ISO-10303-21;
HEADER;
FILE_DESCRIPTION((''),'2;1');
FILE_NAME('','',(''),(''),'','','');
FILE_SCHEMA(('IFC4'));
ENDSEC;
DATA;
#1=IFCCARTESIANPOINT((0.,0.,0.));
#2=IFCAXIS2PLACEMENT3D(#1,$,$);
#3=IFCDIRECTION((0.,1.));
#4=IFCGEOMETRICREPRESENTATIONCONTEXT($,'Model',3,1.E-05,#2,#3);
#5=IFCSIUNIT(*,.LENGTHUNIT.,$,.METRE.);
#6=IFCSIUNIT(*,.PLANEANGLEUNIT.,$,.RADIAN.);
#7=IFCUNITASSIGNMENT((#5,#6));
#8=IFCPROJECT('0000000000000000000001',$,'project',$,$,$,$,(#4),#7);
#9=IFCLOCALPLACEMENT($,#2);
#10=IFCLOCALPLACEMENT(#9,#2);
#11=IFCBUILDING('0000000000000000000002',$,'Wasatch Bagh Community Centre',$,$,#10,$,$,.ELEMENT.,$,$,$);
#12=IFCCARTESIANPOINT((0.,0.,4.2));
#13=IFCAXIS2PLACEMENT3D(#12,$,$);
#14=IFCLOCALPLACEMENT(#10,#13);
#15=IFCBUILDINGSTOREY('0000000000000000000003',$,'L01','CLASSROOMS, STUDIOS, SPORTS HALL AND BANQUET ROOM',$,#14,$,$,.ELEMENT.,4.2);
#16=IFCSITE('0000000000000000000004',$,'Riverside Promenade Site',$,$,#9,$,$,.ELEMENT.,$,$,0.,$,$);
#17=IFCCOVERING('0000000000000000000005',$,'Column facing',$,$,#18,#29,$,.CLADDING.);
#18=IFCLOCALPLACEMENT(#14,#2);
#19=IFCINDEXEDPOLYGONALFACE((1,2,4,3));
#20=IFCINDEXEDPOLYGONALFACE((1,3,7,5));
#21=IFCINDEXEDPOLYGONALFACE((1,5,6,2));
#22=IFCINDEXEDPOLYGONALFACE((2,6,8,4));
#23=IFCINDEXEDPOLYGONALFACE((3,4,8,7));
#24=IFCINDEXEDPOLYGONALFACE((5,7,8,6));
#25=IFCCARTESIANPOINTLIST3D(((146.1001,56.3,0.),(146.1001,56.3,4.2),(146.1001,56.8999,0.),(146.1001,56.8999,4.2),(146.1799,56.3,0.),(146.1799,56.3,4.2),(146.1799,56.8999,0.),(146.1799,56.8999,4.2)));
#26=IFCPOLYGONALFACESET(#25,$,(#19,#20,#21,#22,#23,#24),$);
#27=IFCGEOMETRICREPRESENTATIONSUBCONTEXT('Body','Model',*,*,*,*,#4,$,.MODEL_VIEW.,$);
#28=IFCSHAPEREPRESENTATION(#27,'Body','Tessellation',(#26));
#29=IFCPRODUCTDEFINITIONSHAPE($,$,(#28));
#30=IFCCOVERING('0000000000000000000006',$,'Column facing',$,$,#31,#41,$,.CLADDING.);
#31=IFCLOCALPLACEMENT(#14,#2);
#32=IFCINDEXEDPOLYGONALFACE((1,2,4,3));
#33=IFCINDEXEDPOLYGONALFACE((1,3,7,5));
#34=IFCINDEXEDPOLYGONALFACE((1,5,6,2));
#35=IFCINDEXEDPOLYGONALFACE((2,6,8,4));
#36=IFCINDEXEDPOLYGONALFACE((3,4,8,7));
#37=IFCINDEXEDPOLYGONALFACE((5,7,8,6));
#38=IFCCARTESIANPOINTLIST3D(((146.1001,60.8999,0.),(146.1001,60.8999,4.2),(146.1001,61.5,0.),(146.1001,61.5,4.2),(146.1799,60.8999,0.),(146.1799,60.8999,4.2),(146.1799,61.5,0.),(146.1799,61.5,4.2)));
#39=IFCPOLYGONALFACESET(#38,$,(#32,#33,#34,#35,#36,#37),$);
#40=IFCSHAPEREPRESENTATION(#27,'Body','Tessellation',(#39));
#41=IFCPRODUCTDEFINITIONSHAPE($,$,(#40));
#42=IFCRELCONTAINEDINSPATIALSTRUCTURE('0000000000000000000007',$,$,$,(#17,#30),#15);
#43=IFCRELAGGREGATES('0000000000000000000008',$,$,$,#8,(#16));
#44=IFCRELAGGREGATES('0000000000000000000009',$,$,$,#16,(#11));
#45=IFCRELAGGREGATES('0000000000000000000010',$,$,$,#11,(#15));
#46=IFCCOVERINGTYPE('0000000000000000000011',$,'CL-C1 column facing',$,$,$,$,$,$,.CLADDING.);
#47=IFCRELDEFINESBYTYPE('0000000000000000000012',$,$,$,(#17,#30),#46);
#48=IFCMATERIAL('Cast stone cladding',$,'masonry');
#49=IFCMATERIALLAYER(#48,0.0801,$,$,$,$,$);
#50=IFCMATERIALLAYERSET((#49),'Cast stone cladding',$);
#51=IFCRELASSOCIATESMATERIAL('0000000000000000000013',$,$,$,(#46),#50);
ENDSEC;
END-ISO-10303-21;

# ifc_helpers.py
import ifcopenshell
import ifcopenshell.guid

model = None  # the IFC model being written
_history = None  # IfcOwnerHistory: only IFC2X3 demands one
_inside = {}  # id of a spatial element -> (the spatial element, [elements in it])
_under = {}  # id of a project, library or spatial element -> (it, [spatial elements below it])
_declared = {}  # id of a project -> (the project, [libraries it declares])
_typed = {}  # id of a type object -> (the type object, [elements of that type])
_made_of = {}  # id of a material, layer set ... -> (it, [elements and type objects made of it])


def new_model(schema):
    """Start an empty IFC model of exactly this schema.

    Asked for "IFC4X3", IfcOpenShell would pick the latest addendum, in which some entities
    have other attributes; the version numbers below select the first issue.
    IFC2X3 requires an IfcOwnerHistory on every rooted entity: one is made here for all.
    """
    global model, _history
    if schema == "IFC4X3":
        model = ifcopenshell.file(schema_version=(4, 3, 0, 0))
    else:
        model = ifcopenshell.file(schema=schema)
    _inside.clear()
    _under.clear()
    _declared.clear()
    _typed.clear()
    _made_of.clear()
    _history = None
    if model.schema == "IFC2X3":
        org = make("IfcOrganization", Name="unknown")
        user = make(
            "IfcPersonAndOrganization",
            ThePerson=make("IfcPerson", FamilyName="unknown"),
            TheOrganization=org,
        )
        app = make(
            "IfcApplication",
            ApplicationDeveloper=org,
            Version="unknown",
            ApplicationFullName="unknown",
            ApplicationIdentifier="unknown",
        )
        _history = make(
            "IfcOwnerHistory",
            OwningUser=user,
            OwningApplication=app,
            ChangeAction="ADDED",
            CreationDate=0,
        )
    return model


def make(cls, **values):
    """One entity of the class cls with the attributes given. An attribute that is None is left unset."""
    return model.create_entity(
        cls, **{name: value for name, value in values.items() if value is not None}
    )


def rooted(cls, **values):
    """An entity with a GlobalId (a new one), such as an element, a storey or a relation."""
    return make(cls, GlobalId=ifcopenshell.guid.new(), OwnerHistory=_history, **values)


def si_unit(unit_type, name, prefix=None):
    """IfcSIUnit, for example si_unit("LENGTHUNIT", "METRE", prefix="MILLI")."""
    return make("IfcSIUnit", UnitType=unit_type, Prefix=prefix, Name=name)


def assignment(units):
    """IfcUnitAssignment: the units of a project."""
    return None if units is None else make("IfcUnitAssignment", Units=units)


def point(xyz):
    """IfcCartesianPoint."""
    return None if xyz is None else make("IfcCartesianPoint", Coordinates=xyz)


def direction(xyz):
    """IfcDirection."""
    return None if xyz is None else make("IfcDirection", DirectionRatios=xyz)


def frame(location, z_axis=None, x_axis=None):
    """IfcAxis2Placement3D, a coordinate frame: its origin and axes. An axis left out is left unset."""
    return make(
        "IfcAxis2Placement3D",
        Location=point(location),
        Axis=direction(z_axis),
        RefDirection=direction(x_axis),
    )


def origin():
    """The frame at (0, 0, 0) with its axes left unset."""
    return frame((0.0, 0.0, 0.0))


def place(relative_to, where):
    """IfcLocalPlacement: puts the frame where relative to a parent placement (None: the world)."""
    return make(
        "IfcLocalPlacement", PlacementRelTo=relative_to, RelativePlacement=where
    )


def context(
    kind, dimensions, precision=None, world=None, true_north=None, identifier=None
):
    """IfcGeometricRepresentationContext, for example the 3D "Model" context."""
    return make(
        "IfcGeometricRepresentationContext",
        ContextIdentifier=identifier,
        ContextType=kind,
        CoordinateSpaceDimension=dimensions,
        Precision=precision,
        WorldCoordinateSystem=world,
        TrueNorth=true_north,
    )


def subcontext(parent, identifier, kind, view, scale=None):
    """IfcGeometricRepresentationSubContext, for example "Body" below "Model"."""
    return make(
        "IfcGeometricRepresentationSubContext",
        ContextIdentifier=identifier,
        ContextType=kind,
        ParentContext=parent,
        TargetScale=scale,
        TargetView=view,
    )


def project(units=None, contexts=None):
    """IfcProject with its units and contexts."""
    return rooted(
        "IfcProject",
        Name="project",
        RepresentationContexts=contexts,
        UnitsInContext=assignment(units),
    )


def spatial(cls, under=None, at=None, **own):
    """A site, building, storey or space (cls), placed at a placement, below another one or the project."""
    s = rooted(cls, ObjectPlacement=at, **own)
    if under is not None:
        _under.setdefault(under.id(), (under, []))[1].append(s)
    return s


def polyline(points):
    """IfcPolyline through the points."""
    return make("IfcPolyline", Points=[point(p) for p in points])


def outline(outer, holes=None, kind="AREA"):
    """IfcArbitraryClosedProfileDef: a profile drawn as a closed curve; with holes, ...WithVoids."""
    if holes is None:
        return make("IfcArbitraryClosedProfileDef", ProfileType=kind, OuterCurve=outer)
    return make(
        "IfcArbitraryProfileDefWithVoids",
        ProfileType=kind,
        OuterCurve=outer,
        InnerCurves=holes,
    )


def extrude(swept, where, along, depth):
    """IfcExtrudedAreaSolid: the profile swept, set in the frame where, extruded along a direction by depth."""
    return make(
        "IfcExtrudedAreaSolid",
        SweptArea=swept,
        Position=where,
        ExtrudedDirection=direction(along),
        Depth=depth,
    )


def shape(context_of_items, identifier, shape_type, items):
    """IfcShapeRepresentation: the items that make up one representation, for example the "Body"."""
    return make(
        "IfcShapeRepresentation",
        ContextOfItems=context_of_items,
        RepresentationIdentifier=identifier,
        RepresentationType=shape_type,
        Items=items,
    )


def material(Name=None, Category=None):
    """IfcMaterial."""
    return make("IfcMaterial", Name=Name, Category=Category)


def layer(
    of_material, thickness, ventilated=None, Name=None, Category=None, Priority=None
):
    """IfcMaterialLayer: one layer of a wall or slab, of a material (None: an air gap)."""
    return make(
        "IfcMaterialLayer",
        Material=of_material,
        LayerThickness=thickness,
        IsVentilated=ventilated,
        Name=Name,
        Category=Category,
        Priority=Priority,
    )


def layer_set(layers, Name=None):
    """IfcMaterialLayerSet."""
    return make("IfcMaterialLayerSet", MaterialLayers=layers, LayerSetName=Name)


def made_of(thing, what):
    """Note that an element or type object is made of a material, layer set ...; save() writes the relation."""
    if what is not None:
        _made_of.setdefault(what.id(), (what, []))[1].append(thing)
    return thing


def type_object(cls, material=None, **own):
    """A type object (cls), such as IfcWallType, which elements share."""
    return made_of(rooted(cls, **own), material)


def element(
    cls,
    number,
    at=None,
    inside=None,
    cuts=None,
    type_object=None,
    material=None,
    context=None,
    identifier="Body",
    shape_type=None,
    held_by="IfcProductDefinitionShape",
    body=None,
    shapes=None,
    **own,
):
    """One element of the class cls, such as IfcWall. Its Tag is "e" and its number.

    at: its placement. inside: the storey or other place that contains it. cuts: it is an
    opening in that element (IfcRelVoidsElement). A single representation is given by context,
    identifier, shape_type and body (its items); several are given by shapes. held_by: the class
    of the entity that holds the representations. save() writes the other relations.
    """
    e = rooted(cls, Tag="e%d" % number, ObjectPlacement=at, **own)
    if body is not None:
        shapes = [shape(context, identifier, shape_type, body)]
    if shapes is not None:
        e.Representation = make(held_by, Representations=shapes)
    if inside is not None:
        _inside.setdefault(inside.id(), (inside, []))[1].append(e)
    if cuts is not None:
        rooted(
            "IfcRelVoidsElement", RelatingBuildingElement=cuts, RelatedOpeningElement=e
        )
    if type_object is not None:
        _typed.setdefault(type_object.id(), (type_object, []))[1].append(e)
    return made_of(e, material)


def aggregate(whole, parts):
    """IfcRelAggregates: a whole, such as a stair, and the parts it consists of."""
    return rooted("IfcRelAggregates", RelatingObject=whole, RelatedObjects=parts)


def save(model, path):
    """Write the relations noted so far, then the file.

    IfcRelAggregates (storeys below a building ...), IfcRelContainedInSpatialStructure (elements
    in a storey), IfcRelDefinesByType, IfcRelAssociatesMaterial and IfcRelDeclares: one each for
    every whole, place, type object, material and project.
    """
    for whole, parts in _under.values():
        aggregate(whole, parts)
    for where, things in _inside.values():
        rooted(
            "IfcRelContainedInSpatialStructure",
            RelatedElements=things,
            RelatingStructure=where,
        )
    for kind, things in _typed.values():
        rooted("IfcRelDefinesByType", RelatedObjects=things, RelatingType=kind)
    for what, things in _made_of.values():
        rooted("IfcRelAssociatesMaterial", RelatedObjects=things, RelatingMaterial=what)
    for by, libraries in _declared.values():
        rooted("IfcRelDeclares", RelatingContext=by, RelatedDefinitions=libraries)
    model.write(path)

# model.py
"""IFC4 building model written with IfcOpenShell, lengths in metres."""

from ifc_helpers import new_model, si_unit, direction, frame, origin, place, context, subcontext, project, spatial, polyline, outline, extrude, material, layer, layer_set, type_object, element, save


model = new_model("IFC4")

# Units and contexts
model_context = context("Model", 3, precision=1e-05, world=origin(), true_north=direction((0.0, 1.0)))
body_context = subcontext(model_context, "Body", "Model", "MODEL_VIEW")
ifc_project = project(units=[si_unit("LENGTHUNIT", "METRE"), si_unit("PLANEANGLEUNIT", "RADIAN")], contexts=[model_context])

# Site, building, storey
site_placement = place(None, origin())
site = spatial("IfcSite", under=ifc_project, at=site_placement, Name="Riverside Promenade Site", CompositionType="ELEMENT", RefElevation=0.0)
building_placement = place(site_placement, origin())
building = spatial("IfcBuilding", under=site, at=building_placement, Name="Wasatch Bagh Community Centre", CompositionType="ELEMENT")
storey_placement = place(building_placement, frame((0.0, 0.0, 4.2)))
storey = spatial("IfcBuildingStorey", under=building, at=storey_placement, Name="L01", Description="CLASSROOMS, STUDIOS, SPORTS HALL AND BANQUET ROOM", CompositionType="ELEMENT", Elevation=4.2)

# Coverings
ifc_material_1 = material(Name="Cast stone cladding", Category="masonry")
ifc_layer_1 = layer(ifc_material_1, 0.0801)
ifc_layer_set_1 = layer_set([ifc_layer_1], Name="Cast stone cladding")
covering_type = type_object("IfcCoveringType", Name="CL-C1 column facing", PredefinedType="CLADDING", material=ifc_layer_set_1)
covering_1_placement = place(storey_placement, origin())
element("IfcCovering", 1, at=covering_1_placement, inside=storey, type_object=covering_type, Name="Column facing", PredefinedType="CLADDING", context=body_context, shape_type="SweptSolid", body=[
    extrude(outline(polyline([(146.1001, 56.3), (146.1001, 56.8999), (146.1799, 56.8999), (146.1799, 56.3), (146.1001, 56.3)])), origin(), (0.0, 0.0, 1.0), 4.2),
])
covering_2_placement = place(storey_placement, origin())
element("IfcCovering", 2, at=covering_2_placement, inside=storey, type_object=covering_type, Name="Column facing", PredefinedType="CLADDING", context=body_context, shape_type="SweptSolid", body=[
    extrude(outline(polyline([(146.1001, 60.8999), (146.1001, 61.5), (146.1799, 61.5), (146.1799, 60.8999), (146.1001, 60.8999)])), origin(), (0.0, 0.0, 1.0), 4.2),
])

save(model, "model.ifc")
